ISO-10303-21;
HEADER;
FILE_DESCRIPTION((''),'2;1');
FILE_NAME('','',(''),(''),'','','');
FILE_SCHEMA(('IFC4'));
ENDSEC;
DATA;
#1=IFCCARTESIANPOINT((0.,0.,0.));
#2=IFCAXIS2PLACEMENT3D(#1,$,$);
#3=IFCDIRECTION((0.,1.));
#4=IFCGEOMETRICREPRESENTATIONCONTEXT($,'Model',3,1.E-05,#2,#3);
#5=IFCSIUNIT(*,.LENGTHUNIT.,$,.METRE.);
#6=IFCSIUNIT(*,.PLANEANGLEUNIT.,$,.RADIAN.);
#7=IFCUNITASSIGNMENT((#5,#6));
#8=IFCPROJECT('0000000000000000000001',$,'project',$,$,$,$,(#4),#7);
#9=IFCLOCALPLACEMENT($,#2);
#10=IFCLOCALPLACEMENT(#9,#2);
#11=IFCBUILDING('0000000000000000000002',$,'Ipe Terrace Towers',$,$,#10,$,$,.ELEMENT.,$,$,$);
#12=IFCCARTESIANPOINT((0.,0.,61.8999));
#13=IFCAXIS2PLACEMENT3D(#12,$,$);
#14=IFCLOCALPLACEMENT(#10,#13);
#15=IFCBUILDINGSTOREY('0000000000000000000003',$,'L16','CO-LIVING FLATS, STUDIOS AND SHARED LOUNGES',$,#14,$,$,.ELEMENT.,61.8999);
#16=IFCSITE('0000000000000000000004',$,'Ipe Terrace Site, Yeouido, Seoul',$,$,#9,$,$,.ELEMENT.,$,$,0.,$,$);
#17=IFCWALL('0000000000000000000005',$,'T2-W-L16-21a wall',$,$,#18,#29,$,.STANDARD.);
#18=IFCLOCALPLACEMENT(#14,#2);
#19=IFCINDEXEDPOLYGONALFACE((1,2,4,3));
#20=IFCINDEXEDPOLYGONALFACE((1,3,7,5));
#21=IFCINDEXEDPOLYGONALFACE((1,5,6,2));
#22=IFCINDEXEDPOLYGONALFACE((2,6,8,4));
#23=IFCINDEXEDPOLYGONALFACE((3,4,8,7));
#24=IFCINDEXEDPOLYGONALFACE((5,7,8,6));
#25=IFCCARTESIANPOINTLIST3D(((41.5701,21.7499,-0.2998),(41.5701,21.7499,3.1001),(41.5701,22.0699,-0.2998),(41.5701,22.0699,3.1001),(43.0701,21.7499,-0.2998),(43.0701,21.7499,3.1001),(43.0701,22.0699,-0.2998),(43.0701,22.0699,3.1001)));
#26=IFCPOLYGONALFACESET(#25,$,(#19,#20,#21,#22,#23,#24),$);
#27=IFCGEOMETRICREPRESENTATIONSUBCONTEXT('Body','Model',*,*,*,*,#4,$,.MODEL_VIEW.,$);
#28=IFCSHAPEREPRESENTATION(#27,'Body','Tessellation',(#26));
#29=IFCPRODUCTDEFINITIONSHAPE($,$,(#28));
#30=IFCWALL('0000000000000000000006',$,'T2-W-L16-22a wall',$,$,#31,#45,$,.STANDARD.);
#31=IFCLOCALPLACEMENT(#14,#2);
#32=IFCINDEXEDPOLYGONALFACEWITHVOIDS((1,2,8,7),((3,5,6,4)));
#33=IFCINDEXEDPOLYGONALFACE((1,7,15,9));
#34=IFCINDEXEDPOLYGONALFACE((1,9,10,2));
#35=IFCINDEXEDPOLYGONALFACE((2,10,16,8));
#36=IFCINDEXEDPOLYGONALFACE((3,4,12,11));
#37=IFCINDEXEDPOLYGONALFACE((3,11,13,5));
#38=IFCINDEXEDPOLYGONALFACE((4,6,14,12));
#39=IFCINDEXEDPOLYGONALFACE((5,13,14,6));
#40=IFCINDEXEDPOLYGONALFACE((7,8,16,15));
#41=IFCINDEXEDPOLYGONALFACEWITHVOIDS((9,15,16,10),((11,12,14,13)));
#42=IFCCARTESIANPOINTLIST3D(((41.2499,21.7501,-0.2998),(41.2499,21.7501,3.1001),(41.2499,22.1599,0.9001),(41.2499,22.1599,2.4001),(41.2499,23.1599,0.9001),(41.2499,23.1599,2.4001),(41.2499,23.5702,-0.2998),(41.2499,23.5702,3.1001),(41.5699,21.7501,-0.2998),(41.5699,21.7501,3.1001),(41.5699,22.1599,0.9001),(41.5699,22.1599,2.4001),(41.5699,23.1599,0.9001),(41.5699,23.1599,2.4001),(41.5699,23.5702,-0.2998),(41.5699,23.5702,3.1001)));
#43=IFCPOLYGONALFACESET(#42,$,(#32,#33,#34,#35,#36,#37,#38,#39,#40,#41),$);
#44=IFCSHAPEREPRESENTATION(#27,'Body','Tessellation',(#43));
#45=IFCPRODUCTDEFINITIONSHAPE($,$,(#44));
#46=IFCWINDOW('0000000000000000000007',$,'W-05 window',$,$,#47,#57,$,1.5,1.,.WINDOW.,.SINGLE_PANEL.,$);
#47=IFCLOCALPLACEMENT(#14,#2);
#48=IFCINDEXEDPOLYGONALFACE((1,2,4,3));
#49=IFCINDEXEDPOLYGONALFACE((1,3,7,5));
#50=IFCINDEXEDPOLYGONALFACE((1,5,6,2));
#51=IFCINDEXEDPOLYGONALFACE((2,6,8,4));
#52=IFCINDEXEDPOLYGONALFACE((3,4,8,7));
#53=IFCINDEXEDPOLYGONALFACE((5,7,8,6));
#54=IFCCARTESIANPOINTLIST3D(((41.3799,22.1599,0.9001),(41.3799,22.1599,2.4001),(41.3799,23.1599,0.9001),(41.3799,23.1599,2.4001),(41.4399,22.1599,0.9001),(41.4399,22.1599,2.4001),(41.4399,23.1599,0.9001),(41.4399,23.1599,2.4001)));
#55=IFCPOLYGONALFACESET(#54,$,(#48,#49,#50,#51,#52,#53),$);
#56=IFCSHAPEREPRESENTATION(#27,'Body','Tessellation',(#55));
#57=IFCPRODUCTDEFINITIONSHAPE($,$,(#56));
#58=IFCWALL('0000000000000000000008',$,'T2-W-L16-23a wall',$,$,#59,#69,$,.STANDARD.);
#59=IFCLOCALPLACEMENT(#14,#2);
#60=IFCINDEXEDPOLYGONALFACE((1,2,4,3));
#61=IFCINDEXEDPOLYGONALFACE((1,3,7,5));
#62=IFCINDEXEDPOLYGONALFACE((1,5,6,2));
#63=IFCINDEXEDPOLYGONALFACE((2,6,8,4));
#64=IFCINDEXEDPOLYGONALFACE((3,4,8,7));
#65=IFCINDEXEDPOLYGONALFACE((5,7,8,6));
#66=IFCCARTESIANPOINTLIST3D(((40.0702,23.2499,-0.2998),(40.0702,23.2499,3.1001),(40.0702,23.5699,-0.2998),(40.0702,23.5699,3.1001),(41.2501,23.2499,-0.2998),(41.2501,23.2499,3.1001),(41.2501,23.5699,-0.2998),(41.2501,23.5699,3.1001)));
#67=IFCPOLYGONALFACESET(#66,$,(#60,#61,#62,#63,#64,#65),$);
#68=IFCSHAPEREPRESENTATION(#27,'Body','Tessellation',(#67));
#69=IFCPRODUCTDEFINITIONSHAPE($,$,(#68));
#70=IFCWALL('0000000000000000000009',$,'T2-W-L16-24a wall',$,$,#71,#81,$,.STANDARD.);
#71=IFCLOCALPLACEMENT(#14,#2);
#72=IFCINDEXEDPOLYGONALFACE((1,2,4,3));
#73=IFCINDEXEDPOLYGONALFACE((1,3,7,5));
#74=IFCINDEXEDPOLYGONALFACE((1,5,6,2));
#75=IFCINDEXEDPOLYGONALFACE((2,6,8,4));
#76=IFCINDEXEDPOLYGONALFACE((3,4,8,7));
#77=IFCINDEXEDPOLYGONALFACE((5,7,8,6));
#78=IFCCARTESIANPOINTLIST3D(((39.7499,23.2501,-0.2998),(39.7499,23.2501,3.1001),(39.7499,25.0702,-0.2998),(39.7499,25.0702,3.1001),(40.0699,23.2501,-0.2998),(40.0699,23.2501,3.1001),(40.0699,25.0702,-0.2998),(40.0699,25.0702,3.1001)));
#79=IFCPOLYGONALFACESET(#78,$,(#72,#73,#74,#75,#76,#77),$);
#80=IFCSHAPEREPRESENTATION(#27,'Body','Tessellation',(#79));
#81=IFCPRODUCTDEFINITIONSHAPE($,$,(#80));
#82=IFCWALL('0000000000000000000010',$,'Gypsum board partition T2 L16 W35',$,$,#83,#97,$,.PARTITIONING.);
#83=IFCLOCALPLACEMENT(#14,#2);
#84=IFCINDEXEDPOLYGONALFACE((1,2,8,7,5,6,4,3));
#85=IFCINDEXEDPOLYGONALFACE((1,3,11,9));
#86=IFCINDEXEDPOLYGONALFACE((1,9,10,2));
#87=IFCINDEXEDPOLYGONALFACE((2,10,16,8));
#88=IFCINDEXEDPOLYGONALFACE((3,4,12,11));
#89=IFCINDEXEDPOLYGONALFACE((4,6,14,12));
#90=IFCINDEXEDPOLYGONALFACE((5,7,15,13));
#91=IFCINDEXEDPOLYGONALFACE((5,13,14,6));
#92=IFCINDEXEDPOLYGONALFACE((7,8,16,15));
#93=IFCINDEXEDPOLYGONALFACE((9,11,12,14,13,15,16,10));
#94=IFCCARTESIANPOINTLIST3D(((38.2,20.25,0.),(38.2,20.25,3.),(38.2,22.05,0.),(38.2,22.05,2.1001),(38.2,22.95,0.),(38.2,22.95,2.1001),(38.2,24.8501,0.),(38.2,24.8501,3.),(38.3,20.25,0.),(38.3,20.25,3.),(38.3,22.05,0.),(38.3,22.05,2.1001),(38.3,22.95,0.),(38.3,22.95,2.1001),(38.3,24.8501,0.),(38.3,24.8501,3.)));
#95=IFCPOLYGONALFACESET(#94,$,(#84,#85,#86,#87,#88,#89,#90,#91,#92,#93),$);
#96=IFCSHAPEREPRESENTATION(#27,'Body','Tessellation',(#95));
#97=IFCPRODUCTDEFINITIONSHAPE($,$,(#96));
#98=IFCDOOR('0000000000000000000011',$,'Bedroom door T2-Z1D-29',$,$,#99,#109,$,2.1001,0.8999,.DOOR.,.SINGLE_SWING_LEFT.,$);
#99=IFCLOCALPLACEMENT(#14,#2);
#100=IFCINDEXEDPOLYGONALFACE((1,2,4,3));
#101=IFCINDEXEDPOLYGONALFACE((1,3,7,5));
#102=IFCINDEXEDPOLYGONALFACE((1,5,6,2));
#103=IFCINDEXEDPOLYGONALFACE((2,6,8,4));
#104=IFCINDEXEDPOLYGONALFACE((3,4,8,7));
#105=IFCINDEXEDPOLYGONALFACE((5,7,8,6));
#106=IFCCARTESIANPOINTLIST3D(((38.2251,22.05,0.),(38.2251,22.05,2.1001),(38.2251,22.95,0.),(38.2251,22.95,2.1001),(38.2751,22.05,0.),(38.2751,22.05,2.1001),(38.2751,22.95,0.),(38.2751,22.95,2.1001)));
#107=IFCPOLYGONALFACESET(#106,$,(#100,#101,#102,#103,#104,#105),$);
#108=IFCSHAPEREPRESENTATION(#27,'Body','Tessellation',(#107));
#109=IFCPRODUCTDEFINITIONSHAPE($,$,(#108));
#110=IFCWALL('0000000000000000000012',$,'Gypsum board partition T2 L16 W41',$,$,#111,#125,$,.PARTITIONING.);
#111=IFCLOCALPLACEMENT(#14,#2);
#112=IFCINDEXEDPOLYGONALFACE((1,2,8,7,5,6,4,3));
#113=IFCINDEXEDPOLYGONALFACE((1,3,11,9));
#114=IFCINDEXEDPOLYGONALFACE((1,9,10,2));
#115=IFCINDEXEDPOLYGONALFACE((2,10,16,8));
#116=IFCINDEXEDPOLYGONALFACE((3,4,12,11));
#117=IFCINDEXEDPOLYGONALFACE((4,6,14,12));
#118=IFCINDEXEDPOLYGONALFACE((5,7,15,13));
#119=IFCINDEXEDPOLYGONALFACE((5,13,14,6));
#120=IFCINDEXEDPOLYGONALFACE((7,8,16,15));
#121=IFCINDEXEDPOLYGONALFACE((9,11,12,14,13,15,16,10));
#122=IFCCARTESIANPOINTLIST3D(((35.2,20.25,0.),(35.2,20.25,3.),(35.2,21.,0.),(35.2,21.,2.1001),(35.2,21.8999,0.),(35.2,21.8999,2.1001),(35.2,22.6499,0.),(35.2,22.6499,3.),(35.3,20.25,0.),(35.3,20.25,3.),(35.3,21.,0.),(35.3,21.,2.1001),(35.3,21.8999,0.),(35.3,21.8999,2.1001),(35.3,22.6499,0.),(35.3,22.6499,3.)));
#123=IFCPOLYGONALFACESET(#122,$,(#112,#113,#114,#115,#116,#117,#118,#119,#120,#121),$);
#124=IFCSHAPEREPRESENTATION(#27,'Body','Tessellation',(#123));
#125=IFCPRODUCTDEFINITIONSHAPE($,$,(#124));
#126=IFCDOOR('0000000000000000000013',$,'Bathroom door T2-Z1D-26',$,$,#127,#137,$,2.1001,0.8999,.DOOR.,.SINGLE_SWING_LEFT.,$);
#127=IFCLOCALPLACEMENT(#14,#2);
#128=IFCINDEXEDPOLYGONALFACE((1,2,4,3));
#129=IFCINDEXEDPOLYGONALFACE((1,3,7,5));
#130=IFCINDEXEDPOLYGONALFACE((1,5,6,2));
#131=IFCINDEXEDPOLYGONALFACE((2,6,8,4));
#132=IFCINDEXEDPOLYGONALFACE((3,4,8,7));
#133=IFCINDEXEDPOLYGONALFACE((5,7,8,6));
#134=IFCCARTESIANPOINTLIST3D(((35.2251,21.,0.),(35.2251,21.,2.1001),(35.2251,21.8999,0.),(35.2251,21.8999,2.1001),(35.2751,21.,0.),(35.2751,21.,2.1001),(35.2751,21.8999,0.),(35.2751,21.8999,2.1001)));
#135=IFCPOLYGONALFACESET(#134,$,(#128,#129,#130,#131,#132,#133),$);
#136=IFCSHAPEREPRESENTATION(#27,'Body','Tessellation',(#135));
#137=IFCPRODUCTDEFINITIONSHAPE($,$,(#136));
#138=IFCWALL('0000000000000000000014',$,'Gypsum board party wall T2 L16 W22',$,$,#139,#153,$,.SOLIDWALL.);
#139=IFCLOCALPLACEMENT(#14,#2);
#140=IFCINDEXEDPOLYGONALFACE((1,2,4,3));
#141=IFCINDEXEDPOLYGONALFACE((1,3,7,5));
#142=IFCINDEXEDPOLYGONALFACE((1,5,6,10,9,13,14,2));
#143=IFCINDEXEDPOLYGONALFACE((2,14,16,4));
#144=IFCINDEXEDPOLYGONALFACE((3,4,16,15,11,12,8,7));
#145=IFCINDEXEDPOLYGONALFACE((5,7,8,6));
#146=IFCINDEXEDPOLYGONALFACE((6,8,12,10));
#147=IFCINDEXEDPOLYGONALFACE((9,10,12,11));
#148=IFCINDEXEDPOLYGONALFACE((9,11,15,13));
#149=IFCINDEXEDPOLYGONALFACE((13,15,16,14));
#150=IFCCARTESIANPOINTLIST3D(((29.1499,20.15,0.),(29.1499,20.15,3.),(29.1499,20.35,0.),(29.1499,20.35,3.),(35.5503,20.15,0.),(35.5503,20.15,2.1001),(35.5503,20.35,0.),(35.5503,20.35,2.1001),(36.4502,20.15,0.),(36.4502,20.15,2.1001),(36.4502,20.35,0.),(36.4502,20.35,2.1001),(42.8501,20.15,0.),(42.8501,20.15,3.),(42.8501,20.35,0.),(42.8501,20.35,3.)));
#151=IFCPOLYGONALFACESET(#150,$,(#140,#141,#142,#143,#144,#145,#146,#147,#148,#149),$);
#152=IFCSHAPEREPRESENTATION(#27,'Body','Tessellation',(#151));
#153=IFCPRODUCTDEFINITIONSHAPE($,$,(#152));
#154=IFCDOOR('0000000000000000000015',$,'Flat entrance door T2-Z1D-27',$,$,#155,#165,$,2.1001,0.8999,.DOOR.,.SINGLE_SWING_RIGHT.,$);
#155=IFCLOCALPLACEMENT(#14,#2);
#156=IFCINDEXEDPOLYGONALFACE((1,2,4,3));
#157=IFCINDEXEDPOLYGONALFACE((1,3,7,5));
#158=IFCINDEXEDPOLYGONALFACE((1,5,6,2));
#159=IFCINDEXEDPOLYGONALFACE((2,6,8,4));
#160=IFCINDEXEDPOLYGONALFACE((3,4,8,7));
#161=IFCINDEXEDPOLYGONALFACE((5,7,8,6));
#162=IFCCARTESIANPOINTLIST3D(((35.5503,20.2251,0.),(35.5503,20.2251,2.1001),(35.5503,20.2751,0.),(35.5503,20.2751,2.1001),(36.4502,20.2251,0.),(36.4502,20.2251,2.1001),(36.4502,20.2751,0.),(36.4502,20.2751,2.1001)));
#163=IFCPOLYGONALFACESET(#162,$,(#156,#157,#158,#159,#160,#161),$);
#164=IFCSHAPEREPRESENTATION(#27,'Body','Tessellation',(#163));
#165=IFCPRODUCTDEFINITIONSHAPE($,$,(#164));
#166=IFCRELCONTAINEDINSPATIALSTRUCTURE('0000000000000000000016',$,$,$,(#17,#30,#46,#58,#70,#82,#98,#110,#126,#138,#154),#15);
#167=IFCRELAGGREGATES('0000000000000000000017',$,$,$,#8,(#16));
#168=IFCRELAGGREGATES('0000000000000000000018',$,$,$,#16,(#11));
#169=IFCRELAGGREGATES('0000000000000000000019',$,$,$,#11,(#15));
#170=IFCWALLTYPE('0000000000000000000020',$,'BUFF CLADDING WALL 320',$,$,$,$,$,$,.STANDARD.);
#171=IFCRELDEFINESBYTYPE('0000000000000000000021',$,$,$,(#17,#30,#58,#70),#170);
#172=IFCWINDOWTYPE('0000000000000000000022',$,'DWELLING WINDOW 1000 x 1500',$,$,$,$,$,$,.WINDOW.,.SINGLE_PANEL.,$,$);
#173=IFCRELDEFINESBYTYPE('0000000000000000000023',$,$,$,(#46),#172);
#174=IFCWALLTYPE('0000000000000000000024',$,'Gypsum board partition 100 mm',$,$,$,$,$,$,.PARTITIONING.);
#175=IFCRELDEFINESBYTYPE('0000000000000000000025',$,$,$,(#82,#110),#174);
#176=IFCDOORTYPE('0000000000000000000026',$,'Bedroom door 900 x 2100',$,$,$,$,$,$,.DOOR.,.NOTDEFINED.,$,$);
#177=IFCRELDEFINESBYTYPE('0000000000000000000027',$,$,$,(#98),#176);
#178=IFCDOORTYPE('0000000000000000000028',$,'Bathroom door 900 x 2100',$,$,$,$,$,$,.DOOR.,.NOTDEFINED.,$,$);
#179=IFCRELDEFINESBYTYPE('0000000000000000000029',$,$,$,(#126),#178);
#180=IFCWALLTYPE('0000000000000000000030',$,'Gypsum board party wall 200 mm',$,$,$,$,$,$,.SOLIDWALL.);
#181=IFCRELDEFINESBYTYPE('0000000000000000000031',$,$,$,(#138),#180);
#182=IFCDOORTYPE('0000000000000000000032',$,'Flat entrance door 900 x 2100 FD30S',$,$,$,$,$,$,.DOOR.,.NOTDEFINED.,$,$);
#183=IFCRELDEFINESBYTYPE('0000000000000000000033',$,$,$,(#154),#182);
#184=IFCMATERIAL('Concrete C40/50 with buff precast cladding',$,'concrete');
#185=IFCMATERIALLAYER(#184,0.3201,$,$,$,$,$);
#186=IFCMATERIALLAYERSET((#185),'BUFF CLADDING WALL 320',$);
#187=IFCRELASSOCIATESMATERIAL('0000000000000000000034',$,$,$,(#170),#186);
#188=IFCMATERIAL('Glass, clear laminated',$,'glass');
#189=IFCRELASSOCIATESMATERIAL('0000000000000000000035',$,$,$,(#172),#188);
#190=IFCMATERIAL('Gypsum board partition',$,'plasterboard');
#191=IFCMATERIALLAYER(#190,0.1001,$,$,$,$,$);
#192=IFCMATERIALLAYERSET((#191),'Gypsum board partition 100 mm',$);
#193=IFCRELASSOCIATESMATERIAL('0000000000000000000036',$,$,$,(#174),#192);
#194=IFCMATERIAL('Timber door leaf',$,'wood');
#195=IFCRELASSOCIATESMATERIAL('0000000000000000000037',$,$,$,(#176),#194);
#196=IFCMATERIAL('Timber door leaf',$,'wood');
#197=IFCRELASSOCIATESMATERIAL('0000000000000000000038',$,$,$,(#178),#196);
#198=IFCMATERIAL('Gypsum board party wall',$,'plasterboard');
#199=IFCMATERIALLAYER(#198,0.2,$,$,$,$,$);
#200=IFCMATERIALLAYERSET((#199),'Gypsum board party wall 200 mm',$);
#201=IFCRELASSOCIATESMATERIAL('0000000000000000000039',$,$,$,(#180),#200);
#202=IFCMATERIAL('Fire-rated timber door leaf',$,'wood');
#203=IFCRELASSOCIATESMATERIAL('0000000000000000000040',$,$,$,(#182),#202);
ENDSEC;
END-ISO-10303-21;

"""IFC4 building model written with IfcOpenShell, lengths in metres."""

from ifc_helpers import new_model, si_unit, direction, frame, frame_2d, origin, place, context, subcontext, project, spatial, rectangle, extrude, material, layer, layer_set, type_object, element, fill, save


model = new_model("IFC4")

# Units and contexts
model_context = context("Model", 3, precision=1e-05, world=origin(), true_north=direction((0.0, 1.0)))
body_context = subcontext(model_context, "Body", "Model", "MODEL_VIEW")
ifc_project = project(units=[si_unit("LENGTHUNIT", "METRE"), si_unit("PLANEANGLEUNIT", "RADIAN")], contexts=[model_context])

# Site, building, storey
site_placement = place(None, origin())
site = spatial("IfcSite", under=ifc_project, at=site_placement, Name="Ipe Terrace Site, Yeouido, Seoul", CompositionType="ELEMENT", RefElevation=0.0)
building_placement = place(site_placement, origin())
building = spatial("IfcBuilding", under=site, at=building_placement, Name="Ipe Terrace Towers", CompositionType="ELEMENT")
storey_placement = place(building_placement, frame((0.0, 0.0, 61.8999)))
storey = spatial("IfcBuildingStorey", under=building, at=storey_placement, Name="L16", Description="CO-LIVING FLATS, STUDIOS AND SHARED LOUNGES", CompositionType="ELEMENT", Elevation=61.8999)

# Wall
ifc_material_1 = material(Name="Concrete C40/50 with buff precast cladding", Category="concrete")
ifc_layer_1 = layer(ifc_material_1, 0.3201)
ifc_layer_set_1 = layer_set([ifc_layer_1], Name="BUFF CLADDING WALL 320")
wall_type_1 = type_object("IfcWallType", Name="BUFF CLADDING WALL 320", PredefinedType="STANDARD", material=ifc_layer_set_1)
wall_1_placement = place(storey_placement, frame((43.0701, 21.9099, -0.2998), z_axis=(0.0, 0.0, 1.0), x_axis=(-1.0, 0.0, 0.0)))
element("IfcWall", 1, at=wall_1_placement, inside=storey, type_object=wall_type_1, Name="T2-W-L16-21a wall", PredefinedType="STANDARD", context=body_context, shape_type="SweptSolid", body=[
    extrude(rectangle(XDim=1.5, YDim=0.3201, at=frame_2d((0.75, 0.0))), origin(), (0.0, 0.0, 1.0), 3.3999),
])

# Wall, opening, window
wall_2_placement = place(storey_placement, frame((41.4099, 21.75, -0.2998), z_axis=(0.0, 0.0, 1.0), x_axis=(0.0, 1.0, 0.0)))
wall_2 = element("IfcWall", 2, at=wall_2_placement, inside=storey, type_object=wall_type_1, Name="T2-W-L16-22a wall", PredefinedType="STANDARD", context=body_context, shape_type="SweptSolid", body=[
    extrude(rectangle(XDim=1.8201, YDim=0.3201, at=frame_2d((0.9102, 0.0))), origin(), (0.0, 0.0, 1.0), 3.3999),
])
opening_1_placement = place(wall_2_placement, frame((0.4099, 0.0, 1.2)))
opening_1 = element("IfcOpeningElement", 3, at=opening_1_placement, cuts=wall_2, PredefinedType="OPENING", context=body_context, shape_type="SweptSolid", body=[
    extrude(rectangle(XDim=1.0, YDim=1.5, at=frame_2d((0.5, 0.75))), frame((0.0, 0.1699, 0.0), z_axis=(0.0, -1.0, 0.0), x_axis=(1.0, 0.0, 0.0)), (0.0, 0.0, 1.0), 0.3401),
])
ifc_material_2 = material(Name="Glass, clear laminated", Category="glass")
window_type = type_object("IfcWindowType", Name="DWELLING WINDOW 1000 x 1500", PartitioningType="SINGLE_PANEL", PredefinedType="WINDOW", material=ifc_material_2)
window_placement = place(opening_1_placement, origin())
window = element("IfcWindow", 4, at=window_placement, inside=storey, type_object=window_type, Name="W-05 window", OverallHeight=1.5, OverallWidth=1.0, PartitioningType="SINGLE_PANEL", PredefinedType="WINDOW", context=body_context, shape_type="SweptSolid", body=[
    extrude(rectangle(XDim=1.0, YDim=1.5, at=frame_2d((0.5, 0.75))), frame((0.0, 0.03, 0.0), z_axis=(0.0, -1.0, 0.0), x_axis=(1.0, 0.0, 0.0)), (0.0, 0.0, 1.0), 0.0601),
])
fill(opening_1, window)

# Walls
wall_3_placement = place(storey_placement, frame((41.25, 23.4099, -0.2998), z_axis=(0.0, 0.0, 1.0), x_axis=(-1.0, 0.0, 0.0)))
element("IfcWall", 5, at=wall_3_placement, inside=storey, type_object=wall_type_1, Name="T2-W-L16-23a wall", PredefinedType="STANDARD", context=body_context, shape_type="SweptSolid", body=[
    extrude(rectangle(XDim=1.1799, YDim=0.3201, at=frame_2d((0.5898, 0.0))), origin(), (0.0, 0.0, 1.0), 3.3999),
])
wall_4_placement = place(storey_placement, frame((39.9099, 23.25, -0.2998), z_axis=(0.0, 0.0, 1.0), x_axis=(0.0, 1.0, 0.0)))
element("IfcWall", 6, at=wall_4_placement, inside=storey, type_object=wall_type_1, Name="T2-W-L16-24a wall", PredefinedType="STANDARD", context=body_context, shape_type="SweptSolid", body=[
    extrude(rectangle(XDim=1.8201, YDim=0.3201, at=frame_2d((0.9102, 0.0))), origin(), (0.0, 0.0, 1.0), 3.3999),
])

# Walls, openings, doors
ifc_material_3 = material(Name="Gypsum board partition", Category="plasterboard")
ifc_layer_2 = layer(ifc_material_3, 0.1001)
ifc_layer_set_2 = layer_set([ifc_layer_2], Name="Gypsum board partition 100 mm")
wall_type_2 = type_object("IfcWallType", Name="Gypsum board partition 100 mm", PredefinedType="PARTITIONING", material=ifc_layer_set_2)
wall_5_placement = place(storey_placement, frame((38.25, 20.25, 0.0), z_axis=(0.0, 0.0, 1.0), x_axis=(0.0, 1.0, 0.0)))
wall_5 = element("IfcWall", 7, at=wall_5_placement, inside=storey, type_object=wall_type_2, Name="Gypsum board partition T2 L16 W35", PredefinedType="PARTITIONING", context=body_context, shape_type="SweptSolid", body=[
    extrude(rectangle(XDim=4.6001, YDim=0.1001, at=frame_2d((2.3, 0.0))), origin(), (0.0, 0.0, 1.0), 3.0),
])
opening_2_placement = place(wall_5_placement, frame((1.8, 0.0, 0.0)))
opening_2 = element("IfcOpeningElement", 8, at=opening_2_placement, cuts=wall_5, PredefinedType="OPENING", context=body_context, shape_type="SweptSolid", body=[
    extrude(rectangle(XDim=0.8999, YDim=2.1001, at=frame_2d((0.45, 1.05))), frame((0.0, 0.0601, 0.0), z_axis=(0.0, -1.0, 0.0), x_axis=(1.0, 0.0, 0.0)), (0.0, 0.0, 1.0), 0.1201),
])
ifc_material_4 = material(Name="Timber door leaf", Category="wood")
door_type_1 = type_object("IfcDoorType", Name="Bedroom door 900 x 2100", OperationType="NOTDEFINED", PredefinedType="DOOR", material=ifc_material_4)
door_1_placement = place(opening_2_placement, origin())
door_1 = element("IfcDoor", 9, at=door_1_placement, inside=storey, type_object=door_type_1, Name="Bedroom door T2-Z1D-29", OperationType="SINGLE_SWING_LEFT", OverallHeight=2.1001, OverallWidth=0.8999, PredefinedType="DOOR", context=body_context, shape_type="SweptSolid", body=[
    extrude(rectangle(XDim=0.8999, YDim=2.1001, at=frame_2d((0.45, 1.05))), frame((0.0, 0.0249, 0.0), z_axis=(0.0, -1.0, 0.0), x_axis=(1.0, 0.0, 0.0)), (0.0, 0.0, 1.0), 0.05),
])
fill(opening_2, door_1)
wall_6_placement = place(storey_placement, frame((35.25, 20.25, 0.0), z_axis=(0.0, 0.0, 1.0), x_axis=(0.0, 1.0, 0.0)))
wall_6 = element("IfcWall", 10, at=wall_6_placement, inside=storey, type_object=wall_type_2, Name="Gypsum board partition T2 L16 W41", PredefinedType="PARTITIONING", context=body_context, shape_type="SweptSolid", body=[
    extrude(rectangle(XDim=2.3999, YDim=0.1001, at=frame_2d((1.2, 0.0))), origin(), (0.0, 0.0, 1.0), 3.0),
])
opening_3_placement = place(wall_6_placement, frame((0.75, 0.0, 0.0)))
opening_3 = element("IfcOpeningElement", 11, at=opening_3_placement, cuts=wall_6, PredefinedType="OPENING", context=body_context, shape_type="SweptSolid", body=[
    extrude(rectangle(XDim=0.8999, YDim=2.1001, at=frame_2d((0.45, 1.05))), frame((0.0, 0.0601, 0.0), z_axis=(0.0, -1.0, 0.0), x_axis=(1.0, 0.0, 0.0)), (0.0, 0.0, 1.0), 0.1201),
])
ifc_material_5 = material(Name="Timber door leaf", Category="wood")
door_type_2 = type_object("IfcDoorType", Name="Bathroom door 900 x 2100", OperationType="NOTDEFINED", PredefinedType="DOOR", material=ifc_material_5)
door_2_placement = place(opening_3_placement, origin())
door_2 = element("IfcDoor", 12, at=door_2_placement, inside=storey, type_object=door_type_2, Name="Bathroom door T2-Z1D-26", OperationType="SINGLE_SWING_LEFT", OverallHeight=2.1001, OverallWidth=0.8999, PredefinedType="DOOR", context=body_context, shape_type="SweptSolid", body=[
    extrude(rectangle(XDim=0.8999, YDim=2.1001, at=frame_2d((0.45, 1.05))), frame((0.0, 0.0249, 0.0), z_axis=(0.0, -1.0, 0.0), x_axis=(1.0, 0.0, 0.0)), (0.0, 0.0, 1.0), 0.05),
])
fill(opening_3, door_2)
ifc_material_6 = material(Name="Gypsum board party wall", Category="plasterboard")
ifc_layer_3 = layer(ifc_material_6, 0.2)
ifc_layer_set_3 = layer_set([ifc_layer_3], Name="Gypsum board party wall 200 mm")
wall_type_3 = type_object("IfcWallType", Name="Gypsum board party wall 200 mm", PredefinedType="SOLIDWALL", material=ifc_layer_set_3)
wall_7_placement = place(storey_placement, frame((42.8501, 20.25, 0.0), z_axis=(0.0, 0.0, 1.0), x_axis=(-1.0, 0.0, 0.0)))
wall_7 = element("IfcWall", 13, at=wall_7_placement, inside=storey, type_object=wall_type_3, Name="Gypsum board party wall T2 L16 W22", PredefinedType="SOLIDWALL", context=body_context, shape_type="SweptSolid", body=[
    extrude(rectangle(XDim=13.7002, YDim=0.2, at=frame_2d((6.8501, 0.0))), origin(), (0.0, 0.0, 1.0), 3.0),
])
opening_4_placement = place(wall_7_placement, frame((6.3999, 0.0, 0.0)))
opening_4 = element("IfcOpeningElement", 14, at=opening_4_placement, cuts=wall_7, PredefinedType="OPENING", context=body_context, shape_type="SweptSolid", body=[
    extrude(rectangle(XDim=0.8999, YDim=2.1001, at=frame_2d((0.45, 1.05))), frame((0.0, 0.1099, 0.0), z_axis=(0.0, -1.0, 0.0), x_axis=(1.0, 0.0, 0.0)), (0.0, 0.0, 1.0), 0.22),
])
ifc_material_7 = material(Name="Fire-rated timber door leaf", Category="wood")
door_type_3 = type_object("IfcDoorType", Name="Flat entrance door 900 x 2100 FD30S", OperationType="NOTDEFINED", PredefinedType="DOOR", material=ifc_material_7)
door_3_placement = place(opening_4_placement, origin())
door_3 = element("IfcDoor", 15, at=door_3_placement, inside=storey, type_object=door_type_3, Name="Flat entrance door T2-Z1D-27", OperationType="SINGLE_SWING_RIGHT", OverallHeight=2.1001, OverallWidth=0.8999, PredefinedType="DOOR", context=body_context, shape_type="SweptSolid", body=[
    extrude(rectangle(XDim=0.8999, YDim=2.1001, at=frame_2d((0.45, 1.05))), frame((0.0, 0.0249, 0.0), z_axis=(0.0, -1.0, 0.0), x_axis=(1.0, 0.0, 0.0)), (0.0, 0.0, 1.0), 0.05),
])
fill(opening_4, door_3)

save(model, "model.ifc")
